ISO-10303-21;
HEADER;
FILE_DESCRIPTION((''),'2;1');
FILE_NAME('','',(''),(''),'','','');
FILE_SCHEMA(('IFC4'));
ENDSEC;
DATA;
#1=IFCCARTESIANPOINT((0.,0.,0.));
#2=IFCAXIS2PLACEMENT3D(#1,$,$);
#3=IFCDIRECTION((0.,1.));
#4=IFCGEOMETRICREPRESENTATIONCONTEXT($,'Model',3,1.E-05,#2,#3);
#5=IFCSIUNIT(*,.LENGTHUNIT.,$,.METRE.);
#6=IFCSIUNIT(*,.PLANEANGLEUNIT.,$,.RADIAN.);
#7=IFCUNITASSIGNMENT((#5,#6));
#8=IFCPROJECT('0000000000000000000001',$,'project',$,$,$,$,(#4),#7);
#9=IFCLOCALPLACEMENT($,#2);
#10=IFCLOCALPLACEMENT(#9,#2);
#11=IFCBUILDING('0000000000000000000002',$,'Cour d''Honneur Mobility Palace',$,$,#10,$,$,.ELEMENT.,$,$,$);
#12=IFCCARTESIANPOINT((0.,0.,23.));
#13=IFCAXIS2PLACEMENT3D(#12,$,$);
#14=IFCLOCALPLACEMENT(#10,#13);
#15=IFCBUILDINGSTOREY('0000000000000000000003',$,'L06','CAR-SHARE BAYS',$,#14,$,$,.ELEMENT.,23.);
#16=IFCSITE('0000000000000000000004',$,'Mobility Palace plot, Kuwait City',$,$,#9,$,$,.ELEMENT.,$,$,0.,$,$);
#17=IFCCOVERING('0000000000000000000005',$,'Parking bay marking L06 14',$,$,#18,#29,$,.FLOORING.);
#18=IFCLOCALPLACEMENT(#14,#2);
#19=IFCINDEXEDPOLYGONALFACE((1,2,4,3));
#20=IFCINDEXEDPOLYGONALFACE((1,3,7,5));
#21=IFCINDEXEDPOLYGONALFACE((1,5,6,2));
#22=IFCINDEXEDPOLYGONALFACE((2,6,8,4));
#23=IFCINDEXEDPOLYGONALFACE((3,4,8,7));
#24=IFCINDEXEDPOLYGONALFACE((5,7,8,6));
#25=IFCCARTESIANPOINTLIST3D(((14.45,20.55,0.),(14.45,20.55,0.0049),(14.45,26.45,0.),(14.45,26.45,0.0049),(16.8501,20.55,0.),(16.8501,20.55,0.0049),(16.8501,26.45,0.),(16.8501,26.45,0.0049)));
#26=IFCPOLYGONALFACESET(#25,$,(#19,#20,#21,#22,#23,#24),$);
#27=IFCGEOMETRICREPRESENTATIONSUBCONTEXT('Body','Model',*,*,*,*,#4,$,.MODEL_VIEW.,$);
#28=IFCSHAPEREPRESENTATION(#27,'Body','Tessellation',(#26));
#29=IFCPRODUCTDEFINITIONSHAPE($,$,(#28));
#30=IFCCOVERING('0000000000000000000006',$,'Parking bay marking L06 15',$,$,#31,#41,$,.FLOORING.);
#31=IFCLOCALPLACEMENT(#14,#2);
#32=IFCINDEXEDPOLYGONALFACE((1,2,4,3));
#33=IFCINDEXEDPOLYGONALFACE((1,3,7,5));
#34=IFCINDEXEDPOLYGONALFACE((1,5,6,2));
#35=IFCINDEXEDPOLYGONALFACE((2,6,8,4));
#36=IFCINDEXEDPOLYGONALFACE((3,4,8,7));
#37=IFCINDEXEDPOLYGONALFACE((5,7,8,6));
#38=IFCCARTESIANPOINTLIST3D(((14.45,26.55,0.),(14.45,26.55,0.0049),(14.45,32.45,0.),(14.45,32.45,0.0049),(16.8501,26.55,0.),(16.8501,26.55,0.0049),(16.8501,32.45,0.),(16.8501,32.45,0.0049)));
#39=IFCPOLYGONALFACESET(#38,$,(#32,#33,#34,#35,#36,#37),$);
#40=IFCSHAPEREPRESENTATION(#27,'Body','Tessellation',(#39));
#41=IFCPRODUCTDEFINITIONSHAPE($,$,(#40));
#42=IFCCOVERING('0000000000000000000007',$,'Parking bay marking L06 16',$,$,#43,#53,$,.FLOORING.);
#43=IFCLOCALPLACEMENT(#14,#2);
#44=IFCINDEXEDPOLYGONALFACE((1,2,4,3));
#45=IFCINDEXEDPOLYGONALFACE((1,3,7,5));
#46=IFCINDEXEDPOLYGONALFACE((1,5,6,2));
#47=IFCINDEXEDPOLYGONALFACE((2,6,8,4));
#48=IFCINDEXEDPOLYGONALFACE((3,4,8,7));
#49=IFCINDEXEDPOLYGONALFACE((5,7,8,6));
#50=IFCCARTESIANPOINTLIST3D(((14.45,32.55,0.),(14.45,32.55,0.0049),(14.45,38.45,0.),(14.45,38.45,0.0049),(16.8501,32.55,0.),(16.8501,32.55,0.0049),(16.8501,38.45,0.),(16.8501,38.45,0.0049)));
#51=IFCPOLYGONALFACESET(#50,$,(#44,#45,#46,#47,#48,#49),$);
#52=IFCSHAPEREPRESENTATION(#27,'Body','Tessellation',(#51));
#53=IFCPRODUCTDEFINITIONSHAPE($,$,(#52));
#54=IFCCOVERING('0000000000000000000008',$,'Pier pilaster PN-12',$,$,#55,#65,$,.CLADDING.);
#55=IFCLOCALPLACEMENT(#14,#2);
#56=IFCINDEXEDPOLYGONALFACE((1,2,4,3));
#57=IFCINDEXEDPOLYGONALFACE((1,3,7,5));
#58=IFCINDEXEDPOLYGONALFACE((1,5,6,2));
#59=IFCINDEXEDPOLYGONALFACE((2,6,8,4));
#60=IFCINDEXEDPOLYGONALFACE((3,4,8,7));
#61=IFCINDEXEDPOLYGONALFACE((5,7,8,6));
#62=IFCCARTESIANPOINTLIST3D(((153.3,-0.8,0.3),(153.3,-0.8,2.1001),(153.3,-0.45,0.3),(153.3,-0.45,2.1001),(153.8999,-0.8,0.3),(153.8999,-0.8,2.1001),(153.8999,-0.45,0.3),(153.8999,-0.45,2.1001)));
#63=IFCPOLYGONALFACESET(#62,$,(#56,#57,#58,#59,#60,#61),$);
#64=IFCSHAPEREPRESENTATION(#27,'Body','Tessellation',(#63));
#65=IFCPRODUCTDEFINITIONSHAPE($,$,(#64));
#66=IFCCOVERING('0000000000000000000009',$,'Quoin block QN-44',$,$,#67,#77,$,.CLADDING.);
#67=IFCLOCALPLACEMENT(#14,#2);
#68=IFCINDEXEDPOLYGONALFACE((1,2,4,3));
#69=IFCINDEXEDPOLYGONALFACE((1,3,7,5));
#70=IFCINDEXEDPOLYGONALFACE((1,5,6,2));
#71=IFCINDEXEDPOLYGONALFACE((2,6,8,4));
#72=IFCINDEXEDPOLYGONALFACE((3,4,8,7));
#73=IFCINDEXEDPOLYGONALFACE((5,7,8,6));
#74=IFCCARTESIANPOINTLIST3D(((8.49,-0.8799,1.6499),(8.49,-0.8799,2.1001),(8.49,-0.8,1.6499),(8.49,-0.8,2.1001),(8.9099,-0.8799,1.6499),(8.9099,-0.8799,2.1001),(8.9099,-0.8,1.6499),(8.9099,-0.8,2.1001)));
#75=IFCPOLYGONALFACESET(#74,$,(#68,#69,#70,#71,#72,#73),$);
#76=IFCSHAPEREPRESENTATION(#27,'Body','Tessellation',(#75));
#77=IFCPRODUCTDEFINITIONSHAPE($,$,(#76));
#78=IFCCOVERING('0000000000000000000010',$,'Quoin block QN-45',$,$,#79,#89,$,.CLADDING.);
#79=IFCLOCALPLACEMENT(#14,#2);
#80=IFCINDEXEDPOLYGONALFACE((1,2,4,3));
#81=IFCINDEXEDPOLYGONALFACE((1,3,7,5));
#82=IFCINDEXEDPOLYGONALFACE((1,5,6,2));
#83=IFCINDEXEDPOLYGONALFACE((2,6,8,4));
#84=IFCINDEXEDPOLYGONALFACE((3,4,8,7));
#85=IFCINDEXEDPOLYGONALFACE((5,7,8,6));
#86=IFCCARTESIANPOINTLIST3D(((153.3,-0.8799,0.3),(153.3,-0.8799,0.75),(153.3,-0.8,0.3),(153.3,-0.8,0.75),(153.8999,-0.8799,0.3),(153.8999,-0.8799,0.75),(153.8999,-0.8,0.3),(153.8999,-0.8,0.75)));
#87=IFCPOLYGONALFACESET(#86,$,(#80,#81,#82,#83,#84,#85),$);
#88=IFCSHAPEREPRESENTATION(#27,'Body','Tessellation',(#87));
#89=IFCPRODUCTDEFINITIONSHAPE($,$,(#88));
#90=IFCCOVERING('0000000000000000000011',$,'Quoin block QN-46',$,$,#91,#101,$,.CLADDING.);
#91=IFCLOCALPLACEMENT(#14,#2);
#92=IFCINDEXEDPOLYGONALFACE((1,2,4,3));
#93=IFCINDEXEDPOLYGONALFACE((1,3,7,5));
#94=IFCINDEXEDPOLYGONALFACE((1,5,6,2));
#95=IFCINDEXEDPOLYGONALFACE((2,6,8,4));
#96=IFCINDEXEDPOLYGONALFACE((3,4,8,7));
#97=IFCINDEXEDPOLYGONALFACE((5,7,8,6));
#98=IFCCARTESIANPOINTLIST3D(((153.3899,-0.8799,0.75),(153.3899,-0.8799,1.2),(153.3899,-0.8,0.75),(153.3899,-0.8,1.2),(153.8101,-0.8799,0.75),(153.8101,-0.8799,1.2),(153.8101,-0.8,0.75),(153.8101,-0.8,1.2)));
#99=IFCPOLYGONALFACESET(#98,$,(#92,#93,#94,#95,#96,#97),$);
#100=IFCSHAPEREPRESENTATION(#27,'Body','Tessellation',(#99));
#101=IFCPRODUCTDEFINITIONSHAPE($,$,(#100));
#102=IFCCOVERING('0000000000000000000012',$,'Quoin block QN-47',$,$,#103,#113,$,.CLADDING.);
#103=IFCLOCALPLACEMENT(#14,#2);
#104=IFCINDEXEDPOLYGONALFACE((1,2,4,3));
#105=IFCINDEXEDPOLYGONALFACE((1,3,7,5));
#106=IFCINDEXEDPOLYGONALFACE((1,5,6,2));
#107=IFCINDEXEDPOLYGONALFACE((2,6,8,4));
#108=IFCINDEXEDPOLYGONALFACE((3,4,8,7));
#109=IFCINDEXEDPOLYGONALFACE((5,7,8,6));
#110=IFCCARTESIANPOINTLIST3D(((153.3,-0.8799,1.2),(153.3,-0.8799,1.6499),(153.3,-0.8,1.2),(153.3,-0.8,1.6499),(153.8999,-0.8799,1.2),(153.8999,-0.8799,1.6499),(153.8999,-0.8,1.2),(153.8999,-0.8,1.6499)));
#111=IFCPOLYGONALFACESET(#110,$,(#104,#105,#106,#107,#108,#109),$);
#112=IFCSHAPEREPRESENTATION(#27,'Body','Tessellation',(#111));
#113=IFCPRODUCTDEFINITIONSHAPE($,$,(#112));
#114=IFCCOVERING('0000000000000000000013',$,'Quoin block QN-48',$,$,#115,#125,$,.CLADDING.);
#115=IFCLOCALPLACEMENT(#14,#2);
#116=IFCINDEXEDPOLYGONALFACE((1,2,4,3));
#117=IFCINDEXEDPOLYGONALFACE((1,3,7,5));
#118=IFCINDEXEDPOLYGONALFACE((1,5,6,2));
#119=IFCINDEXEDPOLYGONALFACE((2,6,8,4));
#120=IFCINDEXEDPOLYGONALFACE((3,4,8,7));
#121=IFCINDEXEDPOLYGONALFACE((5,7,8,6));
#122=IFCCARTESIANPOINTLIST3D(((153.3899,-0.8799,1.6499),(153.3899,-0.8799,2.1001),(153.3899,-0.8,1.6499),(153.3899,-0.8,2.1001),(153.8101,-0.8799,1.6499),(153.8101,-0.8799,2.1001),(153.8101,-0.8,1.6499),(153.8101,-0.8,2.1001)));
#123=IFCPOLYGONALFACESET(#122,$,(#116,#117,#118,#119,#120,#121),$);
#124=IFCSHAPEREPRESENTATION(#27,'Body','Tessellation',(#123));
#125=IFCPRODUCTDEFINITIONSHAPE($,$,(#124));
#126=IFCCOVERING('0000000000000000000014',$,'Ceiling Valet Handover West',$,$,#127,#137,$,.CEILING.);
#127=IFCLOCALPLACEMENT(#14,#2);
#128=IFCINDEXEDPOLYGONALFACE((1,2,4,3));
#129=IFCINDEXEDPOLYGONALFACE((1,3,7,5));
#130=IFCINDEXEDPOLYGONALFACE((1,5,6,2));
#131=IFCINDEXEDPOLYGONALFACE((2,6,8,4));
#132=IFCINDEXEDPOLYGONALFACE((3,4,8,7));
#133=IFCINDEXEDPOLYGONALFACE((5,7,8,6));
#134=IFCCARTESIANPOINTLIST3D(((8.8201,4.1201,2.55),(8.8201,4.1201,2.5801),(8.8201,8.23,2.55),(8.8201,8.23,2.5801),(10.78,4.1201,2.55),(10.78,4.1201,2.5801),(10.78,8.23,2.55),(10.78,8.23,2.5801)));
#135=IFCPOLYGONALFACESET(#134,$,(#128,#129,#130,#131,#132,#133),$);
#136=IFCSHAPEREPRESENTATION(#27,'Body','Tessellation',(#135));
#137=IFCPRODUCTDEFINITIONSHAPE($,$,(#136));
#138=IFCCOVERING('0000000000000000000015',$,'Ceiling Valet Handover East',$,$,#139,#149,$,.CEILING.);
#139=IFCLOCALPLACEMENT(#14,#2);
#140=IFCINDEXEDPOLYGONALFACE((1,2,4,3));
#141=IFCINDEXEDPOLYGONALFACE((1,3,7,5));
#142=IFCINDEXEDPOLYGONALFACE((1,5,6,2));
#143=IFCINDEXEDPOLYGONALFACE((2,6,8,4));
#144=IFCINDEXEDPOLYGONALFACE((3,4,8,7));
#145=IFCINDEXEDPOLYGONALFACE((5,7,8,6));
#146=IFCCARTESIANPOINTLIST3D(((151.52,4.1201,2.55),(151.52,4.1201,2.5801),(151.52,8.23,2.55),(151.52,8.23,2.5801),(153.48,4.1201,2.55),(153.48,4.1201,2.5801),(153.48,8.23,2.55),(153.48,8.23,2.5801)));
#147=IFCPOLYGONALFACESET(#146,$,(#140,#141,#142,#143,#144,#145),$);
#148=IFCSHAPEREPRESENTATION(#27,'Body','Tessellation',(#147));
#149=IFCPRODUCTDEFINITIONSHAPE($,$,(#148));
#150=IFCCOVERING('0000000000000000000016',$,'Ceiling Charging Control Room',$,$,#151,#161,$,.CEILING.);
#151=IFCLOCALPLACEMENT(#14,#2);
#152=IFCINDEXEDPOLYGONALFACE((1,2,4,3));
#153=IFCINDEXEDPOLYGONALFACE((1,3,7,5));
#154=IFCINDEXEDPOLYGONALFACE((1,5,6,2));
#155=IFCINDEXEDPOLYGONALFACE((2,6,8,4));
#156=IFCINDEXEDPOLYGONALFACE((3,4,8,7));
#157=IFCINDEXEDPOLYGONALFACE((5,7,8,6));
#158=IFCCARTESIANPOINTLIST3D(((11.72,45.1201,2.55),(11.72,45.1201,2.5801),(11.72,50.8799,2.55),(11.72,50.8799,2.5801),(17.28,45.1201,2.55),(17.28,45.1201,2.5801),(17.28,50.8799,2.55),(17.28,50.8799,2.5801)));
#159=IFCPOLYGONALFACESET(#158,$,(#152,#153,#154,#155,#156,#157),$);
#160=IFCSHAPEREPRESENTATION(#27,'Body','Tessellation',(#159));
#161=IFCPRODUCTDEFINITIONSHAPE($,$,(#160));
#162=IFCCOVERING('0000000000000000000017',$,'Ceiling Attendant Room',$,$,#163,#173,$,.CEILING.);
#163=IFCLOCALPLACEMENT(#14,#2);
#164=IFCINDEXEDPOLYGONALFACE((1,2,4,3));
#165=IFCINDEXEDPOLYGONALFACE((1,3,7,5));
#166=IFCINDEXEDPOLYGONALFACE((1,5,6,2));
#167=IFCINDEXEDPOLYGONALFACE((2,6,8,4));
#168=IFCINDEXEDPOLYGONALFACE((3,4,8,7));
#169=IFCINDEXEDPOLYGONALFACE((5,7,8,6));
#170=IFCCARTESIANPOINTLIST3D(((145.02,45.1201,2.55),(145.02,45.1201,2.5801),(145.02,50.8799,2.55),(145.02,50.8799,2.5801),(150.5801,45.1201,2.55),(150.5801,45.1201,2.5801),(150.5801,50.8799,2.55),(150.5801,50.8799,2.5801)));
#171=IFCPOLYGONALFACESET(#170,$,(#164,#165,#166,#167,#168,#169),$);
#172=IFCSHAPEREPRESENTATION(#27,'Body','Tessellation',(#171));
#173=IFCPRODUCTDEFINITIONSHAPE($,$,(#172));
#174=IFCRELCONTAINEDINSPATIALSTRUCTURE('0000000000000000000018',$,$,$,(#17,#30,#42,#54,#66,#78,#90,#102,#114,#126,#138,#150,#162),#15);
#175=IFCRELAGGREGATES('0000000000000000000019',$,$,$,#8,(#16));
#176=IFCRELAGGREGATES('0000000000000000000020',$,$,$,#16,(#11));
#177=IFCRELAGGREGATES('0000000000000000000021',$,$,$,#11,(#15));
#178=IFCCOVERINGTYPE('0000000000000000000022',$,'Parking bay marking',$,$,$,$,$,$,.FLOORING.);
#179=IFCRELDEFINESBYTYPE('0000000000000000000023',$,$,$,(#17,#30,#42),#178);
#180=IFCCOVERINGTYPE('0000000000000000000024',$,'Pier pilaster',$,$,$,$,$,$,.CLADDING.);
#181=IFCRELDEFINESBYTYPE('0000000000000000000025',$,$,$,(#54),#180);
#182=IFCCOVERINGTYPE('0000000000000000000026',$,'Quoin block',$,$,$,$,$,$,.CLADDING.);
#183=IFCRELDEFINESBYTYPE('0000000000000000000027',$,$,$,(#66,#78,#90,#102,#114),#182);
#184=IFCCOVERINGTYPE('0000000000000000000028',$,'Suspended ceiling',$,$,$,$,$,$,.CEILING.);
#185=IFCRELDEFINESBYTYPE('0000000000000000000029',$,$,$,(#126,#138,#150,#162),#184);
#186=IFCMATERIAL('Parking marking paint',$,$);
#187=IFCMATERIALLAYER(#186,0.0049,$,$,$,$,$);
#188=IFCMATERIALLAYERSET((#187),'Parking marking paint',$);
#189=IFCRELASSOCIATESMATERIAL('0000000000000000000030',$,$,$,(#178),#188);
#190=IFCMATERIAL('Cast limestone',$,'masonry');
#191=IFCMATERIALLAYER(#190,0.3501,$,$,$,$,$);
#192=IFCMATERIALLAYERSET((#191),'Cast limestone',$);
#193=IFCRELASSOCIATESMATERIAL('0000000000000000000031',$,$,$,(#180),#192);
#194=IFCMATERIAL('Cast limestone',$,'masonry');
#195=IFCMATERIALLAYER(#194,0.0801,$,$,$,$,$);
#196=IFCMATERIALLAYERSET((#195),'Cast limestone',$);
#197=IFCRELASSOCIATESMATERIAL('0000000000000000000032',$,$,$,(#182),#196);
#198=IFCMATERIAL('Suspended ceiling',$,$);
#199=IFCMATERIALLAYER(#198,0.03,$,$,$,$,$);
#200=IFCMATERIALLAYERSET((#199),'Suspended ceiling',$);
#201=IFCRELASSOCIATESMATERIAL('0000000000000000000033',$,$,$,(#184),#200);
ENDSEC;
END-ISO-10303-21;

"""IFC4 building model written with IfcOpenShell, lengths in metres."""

from ifc_helpers import new_model, si_unit, direction, frame, origin, place, context, subcontext, project, spatial, polyline, outline, extrude, material, layer, layer_set, type_object, element, save


model = new_model("IFC4")

# Units and contexts
model_context = context("Model", 3, precision=1e-05, world=origin(), true_north=direction((0.0, 1.0)))
body_context = subcontext(model_context, "Body", "Model", "MODEL_VIEW")
ifc_project = project(units=[si_unit("LENGTHUNIT", "METRE"), si_unit("PLANEANGLEUNIT", "RADIAN")], contexts=[model_context])

# Site, building, storey
site_placement = place(None, origin())
site = spatial("IfcSite", under=ifc_project, at=site_placement, Name="Mobility Palace plot, Kuwait City", CompositionType="ELEMENT", RefElevation=0.0)
building_placement = place(site_placement, origin())
building = spatial("IfcBuilding", under=site, at=building_placement, Name="Cour d'Honneur Mobility Palace", CompositionType="ELEMENT")
storey_placement = place(building_placement, frame((0.0, 0.0, 23.0)))
storey = spatial("IfcBuildingStorey", under=building, at=storey_placement, Name="L06", Description="CAR-SHARE BAYS", CompositionType="ELEMENT", Elevation=23.0)

# Coverings
ifc_material_1 = material(Name="Parking marking paint")
ifc_layer_1 = layer(ifc_material_1, 0.0049)
ifc_layer_set_1 = layer_set([ifc_layer_1], Name="Parking marking paint")
covering_type_1 = type_object("IfcCoveringType", Name="Parking bay marking", PredefinedType="FLOORING", material=ifc_layer_set_1)
covering_1_placement = place(storey_placement, origin())
element("IfcCovering", 1, at=covering_1_placement, inside=storey, type_object=covering_type_1, Name="Parking bay marking L06 14", PredefinedType="FLOORING", context=body_context, shape_type="SweptSolid", body=[
    extrude(outline(polyline([(16.8501, 20.55), (14.45, 20.55), (14.45, 26.45), (16.8501, 26.45), (16.8501, 20.55)])), origin(), (0.0, 0.0, 1.0), 0.0049),
])
covering_2_placement = place(storey_placement, origin())
element("IfcCovering", 2, at=covering_2_placement, inside=storey, type_object=covering_type_1, Name="Parking bay marking L06 15", PredefinedType="FLOORING", context=body_context, shape_type="SweptSolid", body=[
    extrude(outline(polyline([(16.8501, 26.55), (14.45, 26.55), (14.45, 32.45), (16.8501, 32.45), (16.8501, 26.55)])), origin(), (0.0, 0.0, 1.0), 0.0049),
])
covering_3_placement = place(storey_placement, origin())
element("IfcCovering", 3, at=covering_3_placement, inside=storey, type_object=covering_type_1, Name="Parking bay marking L06 16", PredefinedType="FLOORING", context=body_context, shape_type="SweptSolid", body=[
    extrude(outline(polyline([(16.8501, 32.55), (14.45, 32.55), (14.45, 38.45), (16.8501, 38.45), (16.8501, 32.55)])), origin(), (0.0, 0.0, 1.0), 0.0049),
])
ifc_material_2 = material(Name="Cast limestone", Category="masonry")
ifc_layer_2 = layer(ifc_material_2, 0.3501)
ifc_layer_set_2 = layer_set([ifc_layer_2], Name="Cast limestone")
covering_type_2 = type_object("IfcCoveringType", Name="Pier pilaster", PredefinedType="CLADDING", material=ifc_layer_set_2)
covering_4_placement = place(storey_placement, frame((0.0, 0.0, 0.3)))
element("IfcCovering", 4, at=covering_4_placement, inside=storey, type_object=covering_type_2, Name="Pier pilaster PN-12", PredefinedType="CLADDING", context=body_context, shape_type="SweptSolid", body=[
    extrude(outline(polyline([(153.3, -0.45), (153.8999, -0.45), (153.8999, -0.8), (153.3, -0.8), (153.3, -0.45)])), origin(), (0.0, 0.0, 1.0), 1.8),
])
ifc_material_3 = material(Name="Cast limestone", Category="masonry")
ifc_layer_3 = layer(ifc_material_3, 0.0801)
ifc_layer_set_3 = layer_set([ifc_layer_3], Name="Cast limestone")
covering_type_3 = type_object("IfcCoveringType", Name="Quoin block", PredefinedType="CLADDING", material=ifc_layer_set_3)
covering_5_placement = place(storey_placement, frame((0.0, 0.0, 1.6499)))
element("IfcCovering", 5, at=covering_5_placement, inside=storey, type_object=covering_type_3, Name="Quoin block QN-44", PredefinedType="CLADDING", context=body_context, shape_type="SweptSolid", body=[
    extrude(outline(polyline([(8.49, -0.8), (8.9099, -0.8), (8.9099, -0.8799), (8.49, -0.8799), (8.49, -0.8)])), origin(), (0.0, 0.0, 1.0), 0.4502),
])
covering_6_placement = place(storey_placement, frame((0.0, 0.0, 0.3)))
element("IfcCovering", 6, at=covering_6_placement, inside=storey, type_object=covering_type_3, Name="Quoin block QN-45", PredefinedType="CLADDING", context=body_context, shape_type="SweptSolid", body=[
    extrude(outline(polyline([(153.3, -0.8), (153.8999, -0.8), (153.8999, -0.8799), (153.3, -0.8799), (153.3, -0.8)])), origin(), (0.0, 0.0, 1.0), 0.45),
])
covering_7_placement = place(storey_placement, frame((0.0, 0.0, 0.75)))
element("IfcCovering", 7, at=covering_7_placement, inside=storey, type_object=covering_type_3, Name="Quoin block QN-46", PredefinedType="CLADDING", context=body_context, shape_type="SweptSolid", body=[
    extrude(outline(polyline([(153.3899, -0.8), (153.8101, -0.8), (153.8101, -0.8799), (153.3899, -0.8799), (153.3899, -0.8)])), origin(), (0.0, 0.0, 1.0), 0.45),
])
covering_8_placement = place(storey_placement, frame((0.0, 0.0, 1.2)))
element("IfcCovering", 8, at=covering_8_placement, inside=storey, type_object=covering_type_3, Name="Quoin block QN-47", PredefinedType="CLADDING", context=body_context, shape_type="SweptSolid", body=[
    extrude(outline(polyline([(153.3, -0.8), (153.8999, -0.8), (153.8999, -0.8799), (153.3, -0.8799), (153.3, -0.8)])), origin(), (0.0, 0.0, 1.0), 0.45),
])
covering_9_placement = place(storey_placement, frame((0.0, 0.0, 1.6499)))
element("IfcCovering", 9, at=covering_9_placement, inside=storey, type_object=covering_type_3, Name="Quoin block QN-48", PredefinedType="CLADDING", context=body_context, shape_type="SweptSolid", body=[
    extrude(outline(polyline([(153.3899, -0.8), (153.8101, -0.8), (153.8101, -0.8799), (153.3899, -0.8799), (153.3899, -0.8)])), origin(), (0.0, 0.0, 1.0), 0.4502),
])
ifc_material_4 = material(Name="Suspended ceiling")
ifc_layer_4 = layer(ifc_material_4, 0.03)
ifc_layer_set_4 = layer_set([ifc_layer_4], Name="Suspended ceiling")
covering_type_4 = type_object("IfcCoveringType", Name="Suspended ceiling", PredefinedType="CEILING", material=ifc_layer_set_4)
covering_10_placement = place(storey_placement, frame((0.0, 0.0, 2.55)))
element("IfcCovering", 10, at=covering_10_placement, inside=storey, type_object=covering_type_4, Name="Ceiling Valet Handover West", PredefinedType="CEILING", context=body_context, shape_type="SweptSolid", body=[
    extrude(outline(polyline([(10.78, 4.1201), (8.8201, 4.1201), (8.8201, 8.23), (10.78, 8.23), (10.78, 4.1201)])), origin(), (0.0, 0.0, 1.0), 0.03),
])
covering_11_placement = place(storey_placement, frame((0.0, 0.0, 2.55)))
element("IfcCovering", 11, at=covering_11_placement, inside=storey, type_object=covering_type_4, Name="Ceiling Valet Handover East", PredefinedType="CEILING", context=body_context, shape_type="SweptSolid", body=[
    extrude(outline(polyline([(153.48, 4.1201), (151.52, 4.1201), (151.52, 8.23), (153.48, 8.23), (153.48, 4.1201)])), origin(), (0.0, 0.0, 1.0), 0.03),
])
covering_12_placement = place(storey_placement, frame((0.0, 0.0, 2.55)))
element("IfcCovering", 12, at=covering_12_placement, inside=storey, type_object=covering_type_4, Name="Ceiling Charging Control Room", PredefinedType="CEILING", context=body_context, shape_type="SweptSolid", body=[
    extrude(outline(polyline([(17.28, 45.1201), (11.72, 45.1201), (11.72, 50.8799), (17.28, 50.8799), (17.28, 45.1201)])), origin(), (0.0, 0.0, 1.0), 0.03),
])
covering_13_placement = place(storey_placement, frame((0.0, 0.0, 2.55)))
element("IfcCovering", 13, at=covering_13_placement, inside=storey, type_object=covering_type_4, Name="Ceiling Attendant Room", PredefinedType="CEILING", context=body_context, shape_type="SweptSolid", body=[
    extrude(outline(polyline([(150.5801, 45.1201), (145.02, 45.1201), (145.02, 50.8799), (150.5801, 50.8799), (150.5801, 45.1201)])), origin(), (0.0, 0.0, 1.0), 0.03),
])

save(model, "model.ifc")
